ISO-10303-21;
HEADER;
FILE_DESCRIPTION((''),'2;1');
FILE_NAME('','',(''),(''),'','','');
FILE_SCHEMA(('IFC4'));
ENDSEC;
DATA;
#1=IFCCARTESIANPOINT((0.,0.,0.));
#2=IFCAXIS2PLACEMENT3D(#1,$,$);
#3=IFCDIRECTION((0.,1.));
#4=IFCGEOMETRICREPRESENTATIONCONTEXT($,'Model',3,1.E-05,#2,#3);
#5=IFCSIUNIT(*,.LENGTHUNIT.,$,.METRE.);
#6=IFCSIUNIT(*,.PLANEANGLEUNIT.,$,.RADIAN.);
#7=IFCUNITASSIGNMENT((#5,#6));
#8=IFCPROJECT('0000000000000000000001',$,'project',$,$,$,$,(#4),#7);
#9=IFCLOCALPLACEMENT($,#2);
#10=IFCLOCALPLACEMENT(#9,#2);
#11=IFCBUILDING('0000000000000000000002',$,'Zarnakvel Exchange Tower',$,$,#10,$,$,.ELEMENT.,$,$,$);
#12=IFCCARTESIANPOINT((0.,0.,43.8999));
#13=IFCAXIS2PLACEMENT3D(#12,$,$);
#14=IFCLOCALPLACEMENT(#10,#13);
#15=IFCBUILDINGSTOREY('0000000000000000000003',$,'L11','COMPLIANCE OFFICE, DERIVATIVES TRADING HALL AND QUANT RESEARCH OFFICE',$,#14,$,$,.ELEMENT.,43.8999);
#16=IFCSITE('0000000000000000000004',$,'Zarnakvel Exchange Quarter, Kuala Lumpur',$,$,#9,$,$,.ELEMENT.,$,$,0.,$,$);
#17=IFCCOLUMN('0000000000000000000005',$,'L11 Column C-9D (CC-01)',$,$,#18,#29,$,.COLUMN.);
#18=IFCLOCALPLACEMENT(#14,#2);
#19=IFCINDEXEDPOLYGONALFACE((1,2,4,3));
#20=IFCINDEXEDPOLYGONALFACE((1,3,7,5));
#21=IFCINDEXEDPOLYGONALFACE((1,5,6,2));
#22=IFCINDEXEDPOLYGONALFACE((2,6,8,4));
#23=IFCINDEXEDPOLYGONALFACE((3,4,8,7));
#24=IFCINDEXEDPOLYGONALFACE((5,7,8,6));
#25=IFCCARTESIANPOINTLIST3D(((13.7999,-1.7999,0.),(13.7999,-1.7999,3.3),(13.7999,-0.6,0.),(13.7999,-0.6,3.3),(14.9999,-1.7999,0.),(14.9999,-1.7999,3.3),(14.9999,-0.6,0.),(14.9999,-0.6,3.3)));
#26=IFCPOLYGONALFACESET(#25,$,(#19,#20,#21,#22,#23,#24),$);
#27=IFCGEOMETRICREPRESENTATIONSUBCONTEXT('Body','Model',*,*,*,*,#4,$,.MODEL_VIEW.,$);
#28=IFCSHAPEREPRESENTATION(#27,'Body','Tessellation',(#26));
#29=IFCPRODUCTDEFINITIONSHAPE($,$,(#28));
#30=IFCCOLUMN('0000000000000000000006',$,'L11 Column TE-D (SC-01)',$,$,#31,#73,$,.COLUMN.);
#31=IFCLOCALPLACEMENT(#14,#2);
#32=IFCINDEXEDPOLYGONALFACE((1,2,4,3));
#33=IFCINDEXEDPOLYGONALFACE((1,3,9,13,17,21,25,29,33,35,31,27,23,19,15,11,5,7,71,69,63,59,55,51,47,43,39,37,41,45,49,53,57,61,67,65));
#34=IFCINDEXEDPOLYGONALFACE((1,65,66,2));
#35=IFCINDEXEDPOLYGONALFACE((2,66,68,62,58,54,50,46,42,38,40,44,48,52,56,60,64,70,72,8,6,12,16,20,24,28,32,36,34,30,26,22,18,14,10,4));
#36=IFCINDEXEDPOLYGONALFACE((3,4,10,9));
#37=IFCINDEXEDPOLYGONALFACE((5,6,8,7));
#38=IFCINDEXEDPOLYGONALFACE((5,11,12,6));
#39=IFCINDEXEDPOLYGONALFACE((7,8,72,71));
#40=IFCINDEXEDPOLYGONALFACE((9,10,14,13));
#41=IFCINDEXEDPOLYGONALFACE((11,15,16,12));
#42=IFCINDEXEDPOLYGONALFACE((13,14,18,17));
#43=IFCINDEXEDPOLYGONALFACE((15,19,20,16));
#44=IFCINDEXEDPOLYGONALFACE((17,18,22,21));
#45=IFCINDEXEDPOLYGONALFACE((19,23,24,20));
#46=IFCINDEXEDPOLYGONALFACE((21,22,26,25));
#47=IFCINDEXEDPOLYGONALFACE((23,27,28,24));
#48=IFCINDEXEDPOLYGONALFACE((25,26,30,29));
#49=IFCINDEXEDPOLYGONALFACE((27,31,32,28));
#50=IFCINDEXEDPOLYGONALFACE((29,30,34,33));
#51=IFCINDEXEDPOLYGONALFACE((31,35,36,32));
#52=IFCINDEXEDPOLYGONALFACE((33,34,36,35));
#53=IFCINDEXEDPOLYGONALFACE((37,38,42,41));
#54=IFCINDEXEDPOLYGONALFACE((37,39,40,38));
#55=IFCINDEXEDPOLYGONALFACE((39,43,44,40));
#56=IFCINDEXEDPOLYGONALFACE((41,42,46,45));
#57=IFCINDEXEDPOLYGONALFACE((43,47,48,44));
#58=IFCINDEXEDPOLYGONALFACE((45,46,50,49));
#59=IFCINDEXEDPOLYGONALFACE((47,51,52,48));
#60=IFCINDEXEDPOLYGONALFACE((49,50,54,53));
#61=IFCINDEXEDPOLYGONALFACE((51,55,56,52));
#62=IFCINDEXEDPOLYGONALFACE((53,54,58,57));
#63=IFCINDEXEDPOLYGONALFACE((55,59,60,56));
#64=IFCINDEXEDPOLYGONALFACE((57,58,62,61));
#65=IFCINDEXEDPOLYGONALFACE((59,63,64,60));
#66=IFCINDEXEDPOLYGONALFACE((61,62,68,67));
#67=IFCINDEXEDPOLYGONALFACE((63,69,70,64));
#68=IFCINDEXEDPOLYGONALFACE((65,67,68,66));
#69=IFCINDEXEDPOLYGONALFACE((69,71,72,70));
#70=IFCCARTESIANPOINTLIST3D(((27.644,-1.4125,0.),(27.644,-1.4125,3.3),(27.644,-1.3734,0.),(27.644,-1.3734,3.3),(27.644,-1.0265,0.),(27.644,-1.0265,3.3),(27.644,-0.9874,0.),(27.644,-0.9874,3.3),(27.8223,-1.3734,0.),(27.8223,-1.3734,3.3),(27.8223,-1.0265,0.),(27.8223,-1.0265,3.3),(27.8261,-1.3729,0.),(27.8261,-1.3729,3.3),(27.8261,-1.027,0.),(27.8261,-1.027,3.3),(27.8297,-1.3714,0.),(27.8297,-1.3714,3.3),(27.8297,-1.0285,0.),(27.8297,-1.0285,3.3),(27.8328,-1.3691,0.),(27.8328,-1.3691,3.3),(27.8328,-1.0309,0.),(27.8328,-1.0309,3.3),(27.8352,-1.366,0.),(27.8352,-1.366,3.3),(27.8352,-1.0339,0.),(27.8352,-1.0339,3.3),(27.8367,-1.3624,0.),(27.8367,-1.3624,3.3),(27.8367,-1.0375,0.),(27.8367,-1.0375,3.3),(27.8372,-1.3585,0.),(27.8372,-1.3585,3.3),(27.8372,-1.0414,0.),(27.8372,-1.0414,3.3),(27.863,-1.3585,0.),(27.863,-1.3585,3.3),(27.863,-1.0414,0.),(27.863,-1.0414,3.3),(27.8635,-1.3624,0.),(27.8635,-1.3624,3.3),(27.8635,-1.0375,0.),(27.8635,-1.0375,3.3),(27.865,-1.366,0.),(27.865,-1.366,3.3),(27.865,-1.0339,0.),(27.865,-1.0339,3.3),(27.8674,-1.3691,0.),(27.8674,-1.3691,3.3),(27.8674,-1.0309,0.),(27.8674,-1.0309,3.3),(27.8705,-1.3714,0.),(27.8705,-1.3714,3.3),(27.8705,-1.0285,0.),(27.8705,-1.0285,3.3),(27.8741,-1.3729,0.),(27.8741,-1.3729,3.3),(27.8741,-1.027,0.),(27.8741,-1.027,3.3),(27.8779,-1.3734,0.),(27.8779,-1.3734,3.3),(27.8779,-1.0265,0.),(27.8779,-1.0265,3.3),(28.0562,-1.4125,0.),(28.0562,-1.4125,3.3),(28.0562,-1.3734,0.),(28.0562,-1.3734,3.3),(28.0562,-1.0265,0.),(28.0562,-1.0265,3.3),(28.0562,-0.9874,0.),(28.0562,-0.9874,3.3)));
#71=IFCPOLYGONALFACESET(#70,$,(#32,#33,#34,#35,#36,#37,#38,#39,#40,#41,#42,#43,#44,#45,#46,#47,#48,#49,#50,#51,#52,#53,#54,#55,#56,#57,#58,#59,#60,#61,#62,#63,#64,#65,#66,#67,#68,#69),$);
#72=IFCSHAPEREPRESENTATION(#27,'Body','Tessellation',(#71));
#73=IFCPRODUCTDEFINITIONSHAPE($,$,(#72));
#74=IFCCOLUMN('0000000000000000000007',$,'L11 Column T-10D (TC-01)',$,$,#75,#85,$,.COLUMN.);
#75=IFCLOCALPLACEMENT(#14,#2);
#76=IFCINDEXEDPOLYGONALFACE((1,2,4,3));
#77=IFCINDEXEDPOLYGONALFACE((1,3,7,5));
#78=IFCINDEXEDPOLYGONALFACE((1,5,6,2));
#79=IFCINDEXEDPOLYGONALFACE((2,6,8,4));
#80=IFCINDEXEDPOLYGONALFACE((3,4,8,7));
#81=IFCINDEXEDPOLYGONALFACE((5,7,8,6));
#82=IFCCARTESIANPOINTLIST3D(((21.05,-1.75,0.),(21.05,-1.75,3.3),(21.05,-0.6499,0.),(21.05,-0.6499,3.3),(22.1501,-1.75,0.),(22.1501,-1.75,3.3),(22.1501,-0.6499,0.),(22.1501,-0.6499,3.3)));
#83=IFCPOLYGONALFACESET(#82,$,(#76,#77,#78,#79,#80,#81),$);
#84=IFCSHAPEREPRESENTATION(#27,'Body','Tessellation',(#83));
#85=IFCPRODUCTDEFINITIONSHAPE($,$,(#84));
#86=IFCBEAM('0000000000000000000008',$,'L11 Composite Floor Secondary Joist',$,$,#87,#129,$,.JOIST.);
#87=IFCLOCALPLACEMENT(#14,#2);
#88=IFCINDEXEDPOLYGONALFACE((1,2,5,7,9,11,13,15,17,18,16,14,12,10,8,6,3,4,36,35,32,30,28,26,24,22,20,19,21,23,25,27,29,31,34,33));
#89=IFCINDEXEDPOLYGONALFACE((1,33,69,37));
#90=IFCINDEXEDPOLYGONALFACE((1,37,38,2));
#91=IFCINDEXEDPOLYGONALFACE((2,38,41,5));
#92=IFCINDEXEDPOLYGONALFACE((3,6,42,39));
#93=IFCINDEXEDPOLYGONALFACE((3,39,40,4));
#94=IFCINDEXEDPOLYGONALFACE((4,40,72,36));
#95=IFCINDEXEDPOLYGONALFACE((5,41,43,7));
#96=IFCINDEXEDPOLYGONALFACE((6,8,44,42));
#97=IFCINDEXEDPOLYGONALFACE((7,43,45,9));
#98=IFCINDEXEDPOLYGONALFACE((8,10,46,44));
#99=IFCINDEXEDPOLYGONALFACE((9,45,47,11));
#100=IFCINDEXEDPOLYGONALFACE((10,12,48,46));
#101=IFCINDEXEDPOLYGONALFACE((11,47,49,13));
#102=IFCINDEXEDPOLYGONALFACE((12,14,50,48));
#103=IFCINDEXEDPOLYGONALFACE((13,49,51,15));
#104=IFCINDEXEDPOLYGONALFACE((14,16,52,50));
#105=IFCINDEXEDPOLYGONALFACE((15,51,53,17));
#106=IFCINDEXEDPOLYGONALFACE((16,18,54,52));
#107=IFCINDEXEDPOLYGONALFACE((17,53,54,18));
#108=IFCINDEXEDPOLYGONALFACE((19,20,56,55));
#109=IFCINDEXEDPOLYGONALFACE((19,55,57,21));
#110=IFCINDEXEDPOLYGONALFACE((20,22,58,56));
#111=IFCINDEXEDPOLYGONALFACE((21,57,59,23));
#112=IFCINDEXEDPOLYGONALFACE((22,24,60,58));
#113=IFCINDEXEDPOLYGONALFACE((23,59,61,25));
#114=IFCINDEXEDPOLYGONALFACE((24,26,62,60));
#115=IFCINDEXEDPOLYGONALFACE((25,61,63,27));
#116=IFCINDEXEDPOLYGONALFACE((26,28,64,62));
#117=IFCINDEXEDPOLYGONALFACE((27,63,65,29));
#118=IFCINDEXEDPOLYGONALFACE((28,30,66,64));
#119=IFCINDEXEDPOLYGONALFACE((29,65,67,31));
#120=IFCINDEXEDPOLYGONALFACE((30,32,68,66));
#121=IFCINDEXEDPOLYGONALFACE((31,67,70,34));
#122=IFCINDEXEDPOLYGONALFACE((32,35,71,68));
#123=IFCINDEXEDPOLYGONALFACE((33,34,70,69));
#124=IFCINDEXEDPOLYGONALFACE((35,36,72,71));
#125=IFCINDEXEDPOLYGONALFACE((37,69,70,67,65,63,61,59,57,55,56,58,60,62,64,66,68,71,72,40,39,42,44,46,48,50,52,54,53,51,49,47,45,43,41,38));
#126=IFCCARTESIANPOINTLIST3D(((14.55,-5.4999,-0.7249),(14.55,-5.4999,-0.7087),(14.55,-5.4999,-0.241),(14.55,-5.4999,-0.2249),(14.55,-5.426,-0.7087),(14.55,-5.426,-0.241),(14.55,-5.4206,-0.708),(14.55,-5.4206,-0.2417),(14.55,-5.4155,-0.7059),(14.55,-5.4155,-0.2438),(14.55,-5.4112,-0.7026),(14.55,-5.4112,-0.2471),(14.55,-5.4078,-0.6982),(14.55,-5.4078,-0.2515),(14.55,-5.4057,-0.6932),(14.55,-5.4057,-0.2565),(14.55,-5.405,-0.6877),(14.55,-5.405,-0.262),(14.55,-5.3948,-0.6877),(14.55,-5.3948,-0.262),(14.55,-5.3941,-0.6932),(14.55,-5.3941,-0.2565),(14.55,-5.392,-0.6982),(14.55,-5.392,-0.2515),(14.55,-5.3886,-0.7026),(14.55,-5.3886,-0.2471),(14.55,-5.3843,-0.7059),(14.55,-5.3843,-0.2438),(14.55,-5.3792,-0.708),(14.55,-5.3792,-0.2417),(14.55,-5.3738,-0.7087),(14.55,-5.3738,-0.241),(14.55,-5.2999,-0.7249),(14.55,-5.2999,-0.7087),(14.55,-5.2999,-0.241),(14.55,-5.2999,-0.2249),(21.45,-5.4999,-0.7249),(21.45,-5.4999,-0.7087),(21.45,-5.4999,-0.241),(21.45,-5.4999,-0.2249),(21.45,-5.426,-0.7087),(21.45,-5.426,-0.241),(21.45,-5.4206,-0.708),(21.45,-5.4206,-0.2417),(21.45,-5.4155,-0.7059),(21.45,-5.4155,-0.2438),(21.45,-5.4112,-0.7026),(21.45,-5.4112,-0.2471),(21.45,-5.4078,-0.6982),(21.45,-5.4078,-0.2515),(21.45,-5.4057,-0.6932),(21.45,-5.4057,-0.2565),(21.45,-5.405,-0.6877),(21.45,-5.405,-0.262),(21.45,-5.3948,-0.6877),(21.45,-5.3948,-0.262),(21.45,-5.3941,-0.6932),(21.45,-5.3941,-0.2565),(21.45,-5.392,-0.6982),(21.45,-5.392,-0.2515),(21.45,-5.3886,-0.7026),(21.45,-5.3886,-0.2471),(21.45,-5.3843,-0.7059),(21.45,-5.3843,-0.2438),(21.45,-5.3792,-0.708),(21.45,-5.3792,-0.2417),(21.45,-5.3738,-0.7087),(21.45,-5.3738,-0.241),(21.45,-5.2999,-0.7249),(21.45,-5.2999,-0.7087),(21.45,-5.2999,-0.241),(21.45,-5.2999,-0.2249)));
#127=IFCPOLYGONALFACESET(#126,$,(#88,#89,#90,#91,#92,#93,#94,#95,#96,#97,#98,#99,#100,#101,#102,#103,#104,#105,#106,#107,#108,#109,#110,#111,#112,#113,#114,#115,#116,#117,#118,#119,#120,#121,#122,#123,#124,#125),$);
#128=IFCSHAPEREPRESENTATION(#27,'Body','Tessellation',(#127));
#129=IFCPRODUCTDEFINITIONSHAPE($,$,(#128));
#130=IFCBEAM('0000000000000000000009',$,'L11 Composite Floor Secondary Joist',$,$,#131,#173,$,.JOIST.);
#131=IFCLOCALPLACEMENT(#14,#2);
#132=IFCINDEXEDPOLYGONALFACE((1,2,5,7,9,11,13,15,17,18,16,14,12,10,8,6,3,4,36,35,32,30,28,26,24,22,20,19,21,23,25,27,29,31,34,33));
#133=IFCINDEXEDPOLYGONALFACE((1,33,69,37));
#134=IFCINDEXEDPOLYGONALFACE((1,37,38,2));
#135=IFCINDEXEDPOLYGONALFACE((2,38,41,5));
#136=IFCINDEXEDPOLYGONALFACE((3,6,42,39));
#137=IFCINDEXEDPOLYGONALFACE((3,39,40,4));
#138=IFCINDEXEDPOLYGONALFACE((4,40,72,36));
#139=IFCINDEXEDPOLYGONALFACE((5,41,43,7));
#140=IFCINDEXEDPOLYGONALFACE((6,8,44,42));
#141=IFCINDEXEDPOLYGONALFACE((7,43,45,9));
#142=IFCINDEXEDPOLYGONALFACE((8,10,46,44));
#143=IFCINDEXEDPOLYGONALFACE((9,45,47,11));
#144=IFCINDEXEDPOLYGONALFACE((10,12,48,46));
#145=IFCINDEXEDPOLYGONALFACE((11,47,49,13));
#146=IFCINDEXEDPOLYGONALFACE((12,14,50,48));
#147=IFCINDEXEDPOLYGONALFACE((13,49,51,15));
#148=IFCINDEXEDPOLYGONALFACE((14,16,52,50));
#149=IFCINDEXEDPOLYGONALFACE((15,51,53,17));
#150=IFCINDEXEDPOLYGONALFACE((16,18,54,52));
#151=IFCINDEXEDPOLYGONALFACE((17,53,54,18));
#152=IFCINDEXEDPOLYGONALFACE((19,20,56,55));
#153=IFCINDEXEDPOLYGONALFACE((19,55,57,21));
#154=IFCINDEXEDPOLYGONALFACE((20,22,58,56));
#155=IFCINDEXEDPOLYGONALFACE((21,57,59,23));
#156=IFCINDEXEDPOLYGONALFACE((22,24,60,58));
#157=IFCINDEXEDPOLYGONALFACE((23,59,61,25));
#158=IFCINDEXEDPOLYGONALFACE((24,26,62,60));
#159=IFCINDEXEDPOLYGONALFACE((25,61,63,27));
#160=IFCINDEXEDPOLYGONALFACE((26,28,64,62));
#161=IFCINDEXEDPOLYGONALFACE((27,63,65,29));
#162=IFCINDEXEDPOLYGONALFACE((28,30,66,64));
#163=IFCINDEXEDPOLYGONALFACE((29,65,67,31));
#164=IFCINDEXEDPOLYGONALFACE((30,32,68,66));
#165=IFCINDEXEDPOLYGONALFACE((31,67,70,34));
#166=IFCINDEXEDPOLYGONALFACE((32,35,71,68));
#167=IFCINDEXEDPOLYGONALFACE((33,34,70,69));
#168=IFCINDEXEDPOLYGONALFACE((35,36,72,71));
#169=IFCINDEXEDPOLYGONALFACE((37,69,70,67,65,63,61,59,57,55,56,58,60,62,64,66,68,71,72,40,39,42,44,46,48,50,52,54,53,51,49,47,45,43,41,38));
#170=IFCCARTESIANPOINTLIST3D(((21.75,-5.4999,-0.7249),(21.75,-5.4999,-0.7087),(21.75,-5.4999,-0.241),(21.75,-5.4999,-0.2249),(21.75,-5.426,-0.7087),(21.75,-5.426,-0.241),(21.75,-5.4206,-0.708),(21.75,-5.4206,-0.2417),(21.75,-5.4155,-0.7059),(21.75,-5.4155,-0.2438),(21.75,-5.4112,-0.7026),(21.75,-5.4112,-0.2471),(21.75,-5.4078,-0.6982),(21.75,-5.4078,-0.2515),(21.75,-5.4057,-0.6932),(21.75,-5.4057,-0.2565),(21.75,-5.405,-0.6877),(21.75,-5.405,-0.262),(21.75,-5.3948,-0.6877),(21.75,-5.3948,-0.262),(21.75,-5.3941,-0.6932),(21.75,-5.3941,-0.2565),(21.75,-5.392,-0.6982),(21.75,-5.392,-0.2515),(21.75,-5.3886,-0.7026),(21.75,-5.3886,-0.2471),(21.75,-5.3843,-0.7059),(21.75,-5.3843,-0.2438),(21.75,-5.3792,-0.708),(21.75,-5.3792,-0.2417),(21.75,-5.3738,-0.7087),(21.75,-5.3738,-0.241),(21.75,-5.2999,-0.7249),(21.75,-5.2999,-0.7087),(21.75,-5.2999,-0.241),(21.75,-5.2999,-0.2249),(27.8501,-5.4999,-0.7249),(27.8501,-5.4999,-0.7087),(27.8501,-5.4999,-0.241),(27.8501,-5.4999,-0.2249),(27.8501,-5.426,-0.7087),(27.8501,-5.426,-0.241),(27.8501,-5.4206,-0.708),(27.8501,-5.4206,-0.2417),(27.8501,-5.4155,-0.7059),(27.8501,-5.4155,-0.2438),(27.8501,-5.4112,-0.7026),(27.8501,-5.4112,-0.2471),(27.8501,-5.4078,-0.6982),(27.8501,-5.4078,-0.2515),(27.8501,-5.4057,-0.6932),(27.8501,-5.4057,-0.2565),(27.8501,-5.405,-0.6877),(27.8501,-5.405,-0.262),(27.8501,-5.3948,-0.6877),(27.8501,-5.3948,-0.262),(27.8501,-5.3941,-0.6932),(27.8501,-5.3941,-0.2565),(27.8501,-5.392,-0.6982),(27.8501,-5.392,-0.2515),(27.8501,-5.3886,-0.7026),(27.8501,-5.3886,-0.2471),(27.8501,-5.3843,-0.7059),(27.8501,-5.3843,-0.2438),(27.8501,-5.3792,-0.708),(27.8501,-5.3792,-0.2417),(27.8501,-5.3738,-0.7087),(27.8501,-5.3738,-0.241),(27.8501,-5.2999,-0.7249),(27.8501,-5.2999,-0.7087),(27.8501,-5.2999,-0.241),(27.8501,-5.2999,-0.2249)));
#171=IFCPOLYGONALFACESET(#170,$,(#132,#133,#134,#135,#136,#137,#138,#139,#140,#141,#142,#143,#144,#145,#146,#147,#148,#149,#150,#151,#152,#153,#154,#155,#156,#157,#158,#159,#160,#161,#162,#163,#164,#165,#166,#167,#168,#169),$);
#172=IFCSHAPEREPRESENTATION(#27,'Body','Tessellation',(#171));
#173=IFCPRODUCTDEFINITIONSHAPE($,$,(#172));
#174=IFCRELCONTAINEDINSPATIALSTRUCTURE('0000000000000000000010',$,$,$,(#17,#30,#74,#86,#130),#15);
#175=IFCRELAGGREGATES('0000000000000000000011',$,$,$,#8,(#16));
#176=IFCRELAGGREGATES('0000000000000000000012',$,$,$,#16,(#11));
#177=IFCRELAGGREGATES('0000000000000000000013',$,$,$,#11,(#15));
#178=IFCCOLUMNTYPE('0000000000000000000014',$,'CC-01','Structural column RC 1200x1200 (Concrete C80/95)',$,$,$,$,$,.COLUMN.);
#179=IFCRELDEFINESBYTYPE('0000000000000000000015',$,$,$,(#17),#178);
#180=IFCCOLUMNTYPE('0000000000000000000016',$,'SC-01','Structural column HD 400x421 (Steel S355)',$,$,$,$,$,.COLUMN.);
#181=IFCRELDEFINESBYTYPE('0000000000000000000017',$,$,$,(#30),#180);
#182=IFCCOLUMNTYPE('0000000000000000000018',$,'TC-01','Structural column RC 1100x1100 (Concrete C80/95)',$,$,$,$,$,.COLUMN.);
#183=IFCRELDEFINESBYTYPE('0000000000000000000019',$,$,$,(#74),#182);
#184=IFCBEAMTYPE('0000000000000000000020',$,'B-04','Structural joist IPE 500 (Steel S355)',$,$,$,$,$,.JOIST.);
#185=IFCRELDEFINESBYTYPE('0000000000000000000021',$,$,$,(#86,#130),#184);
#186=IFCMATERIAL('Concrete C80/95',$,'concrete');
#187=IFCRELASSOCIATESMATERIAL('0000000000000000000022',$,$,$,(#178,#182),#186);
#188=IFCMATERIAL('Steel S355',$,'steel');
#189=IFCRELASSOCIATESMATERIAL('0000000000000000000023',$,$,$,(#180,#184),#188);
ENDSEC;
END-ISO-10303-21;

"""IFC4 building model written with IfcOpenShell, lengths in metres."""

from ifc_helpers import new_model, si_unit, direction, frame, origin, origin_2d, place, context, subcontext, project, spatial, rectangle, i_section, extrude, material, material_profile, profile_set, type_object, element, save


model = new_model("IFC4")

# Units and contexts
model_context = context("Model", 3, precision=1e-05, world=origin(), true_north=direction((0.0, 1.0)))
body_context = subcontext(model_context, "Body", "Model", "MODEL_VIEW")
ifc_project = project(units=[si_unit("LENGTHUNIT", "METRE"), si_unit("PLANEANGLEUNIT", "RADIAN")], contexts=[model_context])

# Site, building, storey
site_placement = place(None, origin())
site = spatial("IfcSite", under=ifc_project, at=site_placement, Name="Zarnakvel Exchange Quarter, Kuala Lumpur", CompositionType="ELEMENT", RefElevation=0.0)
building_placement = place(site_placement, origin())
building = spatial("IfcBuilding", under=site, at=building_placement, Name="Zarnakvel Exchange Tower", CompositionType="ELEMENT")
storey_placement = place(building_placement, frame((0.0, 0.0, 43.8999)))
storey = spatial("IfcBuildingStorey", under=building, at=storey_placement, Name="L11", Description="COMPLIANCE OFFICE, DERIVATIVES TRADING HALL AND QUANT RESEARCH OFFICE", CompositionType="ELEMENT", Elevation=43.8999)

# Columns
ifc_material_1 = material(Name="Concrete C80/95", Category="concrete")
ifc_material_profile_1 = material_profile(ifc_material_1, rectangle(XDim=1.2, YDim=1.2, at=origin_2d()))
ifc_profile_set_1 = profile_set([ifc_material_profile_1], Name="Concrete C80/95")
column_type_1 = type_object("IfcColumnType", Name="CC-01", Description="Structural column RC 1200x1200 (Concrete C80/95)", PredefinedType="COLUMN", material=ifc_profile_set_1)
column_1_placement = place(storey_placement, frame((14.3999, -1.2, 0.0), z_axis=(0.0, 0.0, 1.0), x_axis=(1.0, 0.0, 0.0)))
element("IfcColumn", 1, at=column_1_placement, inside=storey, type_object=column_type_1, Name="L11 Column C-9D (CC-01)", PredefinedType="COLUMN", context=body_context, shape_type="SweptSolid", body=[
    extrude(rectangle(XDim=1.2, YDim=1.2, at=origin_2d()), origin(), (0.0, 0.0, 1.0), 3.3),
])
ifc_material_2 = material(Name="Steel S355", Category="steel")
ifc_material_profile_2 = material_profile(ifc_material_2, i_section(OverallWidth=0.4121, OverallDepth=0.425, WebThickness=0.0259, FlangeThickness=0.0391, FilletRadius=0.0149, at=origin_2d()))
ifc_profile_set_2 = profile_set([ifc_material_profile_2], Name="Steel S355")
column_type_2 = type_object("IfcColumnType", Name="SC-01", Description="Structural column HD 400x421 (Steel S355)", PredefinedType="COLUMN", material=ifc_profile_set_2)
column_2_placement = place(storey_placement, frame((27.8501, -1.2, 0.0), z_axis=(0.0, 0.0, 1.0), x_axis=(1.0, 0.0, 0.0)))
element("IfcColumn", 2, at=column_2_placement, inside=storey, type_object=column_type_2, Name="L11 Column TE-D (SC-01)", PredefinedType="COLUMN", context=body_context, shape_type="SweptSolid", body=[
    extrude(i_section(OverallWidth=0.4121, OverallDepth=0.425, WebThickness=0.0259, FlangeThickness=0.0391, FilletRadius=0.0149, at=origin_2d()), origin(), (0.0, 0.0, 1.0), 3.3),
])
ifc_material_profile_3 = material_profile(ifc_material_1, rectangle(XDim=1.1001, YDim=1.1001, at=origin_2d()))
ifc_profile_set_3 = profile_set([ifc_material_profile_3], Name="Concrete C80/95")
column_type_3 = type_object("IfcColumnType", Name="TC-01", Description="Structural column RC 1100x1100 (Concrete C80/95)", PredefinedType="COLUMN", material=ifc_profile_set_3)
column_3_placement = place(storey_placement, frame((21.6001, -1.2, 0.0), z_axis=(0.0, 0.0, 1.0), x_axis=(1.0, 0.0, 0.0)))
element("IfcColumn", 3, at=column_3_placement, inside=storey, type_object=column_type_3, Name="L11 Column T-10D (TC-01)", PredefinedType="COLUMN", context=body_context, shape_type="SweptSolid", body=[
    extrude(rectangle(XDim=1.1001, YDim=1.1001, at=origin_2d()), origin(), (0.0, 0.0, 1.0), 3.3),
])

# Beams
ifc_material_profile_4 = material_profile(ifc_material_2, i_section(OverallWidth=0.2, OverallDepth=0.5, WebThickness=0.0103, FlangeThickness=0.0161, FilletRadius=0.021, at=origin_2d()))
ifc_profile_set_4 = profile_set([ifc_material_profile_4], Name="Steel S355")
beam_type_1 = type_object("IfcBeamType", Name="B-04", Description="Structural joist IPE 500 (Steel S355)", PredefinedType="JOIST", material=ifc_profile_set_4)
beam_1_placement = place(storey_placement, frame((14.55, -5.3999, -0.4749), z_axis=(1.0, 0.0, 0.0), x_axis=(0.0, 1.0, 0.0)))
element("IfcBeam", 4, at=beam_1_placement, inside=storey, type_object=beam_type_1, Name="L11 Composite Floor Secondary Joist", PredefinedType="JOIST", context=body_context, shape_type="SweptSolid", body=[
    extrude(i_section(OverallWidth=0.2, OverallDepth=0.5, WebThickness=0.0103, FlangeThickness=0.0161, FilletRadius=0.021, at=origin_2d()), origin(), (0.0, 0.0, 1.0), 6.8999),
])
beam_2_placement = place(storey_placement, frame((21.75, -5.3999, -0.4749), z_axis=(1.0, 0.0, 0.0), x_axis=(0.0, 1.0, 0.0)))
element("IfcBeam", 5, at=beam_2_placement, inside=storey, type_object=beam_type_1, Name="L11 Composite Floor Secondary Joist", PredefinedType="JOIST", context=body_context, shape_type="SweptSolid", body=[
    extrude(i_section(OverallWidth=0.2, OverallDepth=0.5, WebThickness=0.0103, FlangeThickness=0.0161, FilletRadius=0.021, at=origin_2d()), origin(), (0.0, 0.0, 1.0), 6.1001),
])

save(model, "model.ifc")
